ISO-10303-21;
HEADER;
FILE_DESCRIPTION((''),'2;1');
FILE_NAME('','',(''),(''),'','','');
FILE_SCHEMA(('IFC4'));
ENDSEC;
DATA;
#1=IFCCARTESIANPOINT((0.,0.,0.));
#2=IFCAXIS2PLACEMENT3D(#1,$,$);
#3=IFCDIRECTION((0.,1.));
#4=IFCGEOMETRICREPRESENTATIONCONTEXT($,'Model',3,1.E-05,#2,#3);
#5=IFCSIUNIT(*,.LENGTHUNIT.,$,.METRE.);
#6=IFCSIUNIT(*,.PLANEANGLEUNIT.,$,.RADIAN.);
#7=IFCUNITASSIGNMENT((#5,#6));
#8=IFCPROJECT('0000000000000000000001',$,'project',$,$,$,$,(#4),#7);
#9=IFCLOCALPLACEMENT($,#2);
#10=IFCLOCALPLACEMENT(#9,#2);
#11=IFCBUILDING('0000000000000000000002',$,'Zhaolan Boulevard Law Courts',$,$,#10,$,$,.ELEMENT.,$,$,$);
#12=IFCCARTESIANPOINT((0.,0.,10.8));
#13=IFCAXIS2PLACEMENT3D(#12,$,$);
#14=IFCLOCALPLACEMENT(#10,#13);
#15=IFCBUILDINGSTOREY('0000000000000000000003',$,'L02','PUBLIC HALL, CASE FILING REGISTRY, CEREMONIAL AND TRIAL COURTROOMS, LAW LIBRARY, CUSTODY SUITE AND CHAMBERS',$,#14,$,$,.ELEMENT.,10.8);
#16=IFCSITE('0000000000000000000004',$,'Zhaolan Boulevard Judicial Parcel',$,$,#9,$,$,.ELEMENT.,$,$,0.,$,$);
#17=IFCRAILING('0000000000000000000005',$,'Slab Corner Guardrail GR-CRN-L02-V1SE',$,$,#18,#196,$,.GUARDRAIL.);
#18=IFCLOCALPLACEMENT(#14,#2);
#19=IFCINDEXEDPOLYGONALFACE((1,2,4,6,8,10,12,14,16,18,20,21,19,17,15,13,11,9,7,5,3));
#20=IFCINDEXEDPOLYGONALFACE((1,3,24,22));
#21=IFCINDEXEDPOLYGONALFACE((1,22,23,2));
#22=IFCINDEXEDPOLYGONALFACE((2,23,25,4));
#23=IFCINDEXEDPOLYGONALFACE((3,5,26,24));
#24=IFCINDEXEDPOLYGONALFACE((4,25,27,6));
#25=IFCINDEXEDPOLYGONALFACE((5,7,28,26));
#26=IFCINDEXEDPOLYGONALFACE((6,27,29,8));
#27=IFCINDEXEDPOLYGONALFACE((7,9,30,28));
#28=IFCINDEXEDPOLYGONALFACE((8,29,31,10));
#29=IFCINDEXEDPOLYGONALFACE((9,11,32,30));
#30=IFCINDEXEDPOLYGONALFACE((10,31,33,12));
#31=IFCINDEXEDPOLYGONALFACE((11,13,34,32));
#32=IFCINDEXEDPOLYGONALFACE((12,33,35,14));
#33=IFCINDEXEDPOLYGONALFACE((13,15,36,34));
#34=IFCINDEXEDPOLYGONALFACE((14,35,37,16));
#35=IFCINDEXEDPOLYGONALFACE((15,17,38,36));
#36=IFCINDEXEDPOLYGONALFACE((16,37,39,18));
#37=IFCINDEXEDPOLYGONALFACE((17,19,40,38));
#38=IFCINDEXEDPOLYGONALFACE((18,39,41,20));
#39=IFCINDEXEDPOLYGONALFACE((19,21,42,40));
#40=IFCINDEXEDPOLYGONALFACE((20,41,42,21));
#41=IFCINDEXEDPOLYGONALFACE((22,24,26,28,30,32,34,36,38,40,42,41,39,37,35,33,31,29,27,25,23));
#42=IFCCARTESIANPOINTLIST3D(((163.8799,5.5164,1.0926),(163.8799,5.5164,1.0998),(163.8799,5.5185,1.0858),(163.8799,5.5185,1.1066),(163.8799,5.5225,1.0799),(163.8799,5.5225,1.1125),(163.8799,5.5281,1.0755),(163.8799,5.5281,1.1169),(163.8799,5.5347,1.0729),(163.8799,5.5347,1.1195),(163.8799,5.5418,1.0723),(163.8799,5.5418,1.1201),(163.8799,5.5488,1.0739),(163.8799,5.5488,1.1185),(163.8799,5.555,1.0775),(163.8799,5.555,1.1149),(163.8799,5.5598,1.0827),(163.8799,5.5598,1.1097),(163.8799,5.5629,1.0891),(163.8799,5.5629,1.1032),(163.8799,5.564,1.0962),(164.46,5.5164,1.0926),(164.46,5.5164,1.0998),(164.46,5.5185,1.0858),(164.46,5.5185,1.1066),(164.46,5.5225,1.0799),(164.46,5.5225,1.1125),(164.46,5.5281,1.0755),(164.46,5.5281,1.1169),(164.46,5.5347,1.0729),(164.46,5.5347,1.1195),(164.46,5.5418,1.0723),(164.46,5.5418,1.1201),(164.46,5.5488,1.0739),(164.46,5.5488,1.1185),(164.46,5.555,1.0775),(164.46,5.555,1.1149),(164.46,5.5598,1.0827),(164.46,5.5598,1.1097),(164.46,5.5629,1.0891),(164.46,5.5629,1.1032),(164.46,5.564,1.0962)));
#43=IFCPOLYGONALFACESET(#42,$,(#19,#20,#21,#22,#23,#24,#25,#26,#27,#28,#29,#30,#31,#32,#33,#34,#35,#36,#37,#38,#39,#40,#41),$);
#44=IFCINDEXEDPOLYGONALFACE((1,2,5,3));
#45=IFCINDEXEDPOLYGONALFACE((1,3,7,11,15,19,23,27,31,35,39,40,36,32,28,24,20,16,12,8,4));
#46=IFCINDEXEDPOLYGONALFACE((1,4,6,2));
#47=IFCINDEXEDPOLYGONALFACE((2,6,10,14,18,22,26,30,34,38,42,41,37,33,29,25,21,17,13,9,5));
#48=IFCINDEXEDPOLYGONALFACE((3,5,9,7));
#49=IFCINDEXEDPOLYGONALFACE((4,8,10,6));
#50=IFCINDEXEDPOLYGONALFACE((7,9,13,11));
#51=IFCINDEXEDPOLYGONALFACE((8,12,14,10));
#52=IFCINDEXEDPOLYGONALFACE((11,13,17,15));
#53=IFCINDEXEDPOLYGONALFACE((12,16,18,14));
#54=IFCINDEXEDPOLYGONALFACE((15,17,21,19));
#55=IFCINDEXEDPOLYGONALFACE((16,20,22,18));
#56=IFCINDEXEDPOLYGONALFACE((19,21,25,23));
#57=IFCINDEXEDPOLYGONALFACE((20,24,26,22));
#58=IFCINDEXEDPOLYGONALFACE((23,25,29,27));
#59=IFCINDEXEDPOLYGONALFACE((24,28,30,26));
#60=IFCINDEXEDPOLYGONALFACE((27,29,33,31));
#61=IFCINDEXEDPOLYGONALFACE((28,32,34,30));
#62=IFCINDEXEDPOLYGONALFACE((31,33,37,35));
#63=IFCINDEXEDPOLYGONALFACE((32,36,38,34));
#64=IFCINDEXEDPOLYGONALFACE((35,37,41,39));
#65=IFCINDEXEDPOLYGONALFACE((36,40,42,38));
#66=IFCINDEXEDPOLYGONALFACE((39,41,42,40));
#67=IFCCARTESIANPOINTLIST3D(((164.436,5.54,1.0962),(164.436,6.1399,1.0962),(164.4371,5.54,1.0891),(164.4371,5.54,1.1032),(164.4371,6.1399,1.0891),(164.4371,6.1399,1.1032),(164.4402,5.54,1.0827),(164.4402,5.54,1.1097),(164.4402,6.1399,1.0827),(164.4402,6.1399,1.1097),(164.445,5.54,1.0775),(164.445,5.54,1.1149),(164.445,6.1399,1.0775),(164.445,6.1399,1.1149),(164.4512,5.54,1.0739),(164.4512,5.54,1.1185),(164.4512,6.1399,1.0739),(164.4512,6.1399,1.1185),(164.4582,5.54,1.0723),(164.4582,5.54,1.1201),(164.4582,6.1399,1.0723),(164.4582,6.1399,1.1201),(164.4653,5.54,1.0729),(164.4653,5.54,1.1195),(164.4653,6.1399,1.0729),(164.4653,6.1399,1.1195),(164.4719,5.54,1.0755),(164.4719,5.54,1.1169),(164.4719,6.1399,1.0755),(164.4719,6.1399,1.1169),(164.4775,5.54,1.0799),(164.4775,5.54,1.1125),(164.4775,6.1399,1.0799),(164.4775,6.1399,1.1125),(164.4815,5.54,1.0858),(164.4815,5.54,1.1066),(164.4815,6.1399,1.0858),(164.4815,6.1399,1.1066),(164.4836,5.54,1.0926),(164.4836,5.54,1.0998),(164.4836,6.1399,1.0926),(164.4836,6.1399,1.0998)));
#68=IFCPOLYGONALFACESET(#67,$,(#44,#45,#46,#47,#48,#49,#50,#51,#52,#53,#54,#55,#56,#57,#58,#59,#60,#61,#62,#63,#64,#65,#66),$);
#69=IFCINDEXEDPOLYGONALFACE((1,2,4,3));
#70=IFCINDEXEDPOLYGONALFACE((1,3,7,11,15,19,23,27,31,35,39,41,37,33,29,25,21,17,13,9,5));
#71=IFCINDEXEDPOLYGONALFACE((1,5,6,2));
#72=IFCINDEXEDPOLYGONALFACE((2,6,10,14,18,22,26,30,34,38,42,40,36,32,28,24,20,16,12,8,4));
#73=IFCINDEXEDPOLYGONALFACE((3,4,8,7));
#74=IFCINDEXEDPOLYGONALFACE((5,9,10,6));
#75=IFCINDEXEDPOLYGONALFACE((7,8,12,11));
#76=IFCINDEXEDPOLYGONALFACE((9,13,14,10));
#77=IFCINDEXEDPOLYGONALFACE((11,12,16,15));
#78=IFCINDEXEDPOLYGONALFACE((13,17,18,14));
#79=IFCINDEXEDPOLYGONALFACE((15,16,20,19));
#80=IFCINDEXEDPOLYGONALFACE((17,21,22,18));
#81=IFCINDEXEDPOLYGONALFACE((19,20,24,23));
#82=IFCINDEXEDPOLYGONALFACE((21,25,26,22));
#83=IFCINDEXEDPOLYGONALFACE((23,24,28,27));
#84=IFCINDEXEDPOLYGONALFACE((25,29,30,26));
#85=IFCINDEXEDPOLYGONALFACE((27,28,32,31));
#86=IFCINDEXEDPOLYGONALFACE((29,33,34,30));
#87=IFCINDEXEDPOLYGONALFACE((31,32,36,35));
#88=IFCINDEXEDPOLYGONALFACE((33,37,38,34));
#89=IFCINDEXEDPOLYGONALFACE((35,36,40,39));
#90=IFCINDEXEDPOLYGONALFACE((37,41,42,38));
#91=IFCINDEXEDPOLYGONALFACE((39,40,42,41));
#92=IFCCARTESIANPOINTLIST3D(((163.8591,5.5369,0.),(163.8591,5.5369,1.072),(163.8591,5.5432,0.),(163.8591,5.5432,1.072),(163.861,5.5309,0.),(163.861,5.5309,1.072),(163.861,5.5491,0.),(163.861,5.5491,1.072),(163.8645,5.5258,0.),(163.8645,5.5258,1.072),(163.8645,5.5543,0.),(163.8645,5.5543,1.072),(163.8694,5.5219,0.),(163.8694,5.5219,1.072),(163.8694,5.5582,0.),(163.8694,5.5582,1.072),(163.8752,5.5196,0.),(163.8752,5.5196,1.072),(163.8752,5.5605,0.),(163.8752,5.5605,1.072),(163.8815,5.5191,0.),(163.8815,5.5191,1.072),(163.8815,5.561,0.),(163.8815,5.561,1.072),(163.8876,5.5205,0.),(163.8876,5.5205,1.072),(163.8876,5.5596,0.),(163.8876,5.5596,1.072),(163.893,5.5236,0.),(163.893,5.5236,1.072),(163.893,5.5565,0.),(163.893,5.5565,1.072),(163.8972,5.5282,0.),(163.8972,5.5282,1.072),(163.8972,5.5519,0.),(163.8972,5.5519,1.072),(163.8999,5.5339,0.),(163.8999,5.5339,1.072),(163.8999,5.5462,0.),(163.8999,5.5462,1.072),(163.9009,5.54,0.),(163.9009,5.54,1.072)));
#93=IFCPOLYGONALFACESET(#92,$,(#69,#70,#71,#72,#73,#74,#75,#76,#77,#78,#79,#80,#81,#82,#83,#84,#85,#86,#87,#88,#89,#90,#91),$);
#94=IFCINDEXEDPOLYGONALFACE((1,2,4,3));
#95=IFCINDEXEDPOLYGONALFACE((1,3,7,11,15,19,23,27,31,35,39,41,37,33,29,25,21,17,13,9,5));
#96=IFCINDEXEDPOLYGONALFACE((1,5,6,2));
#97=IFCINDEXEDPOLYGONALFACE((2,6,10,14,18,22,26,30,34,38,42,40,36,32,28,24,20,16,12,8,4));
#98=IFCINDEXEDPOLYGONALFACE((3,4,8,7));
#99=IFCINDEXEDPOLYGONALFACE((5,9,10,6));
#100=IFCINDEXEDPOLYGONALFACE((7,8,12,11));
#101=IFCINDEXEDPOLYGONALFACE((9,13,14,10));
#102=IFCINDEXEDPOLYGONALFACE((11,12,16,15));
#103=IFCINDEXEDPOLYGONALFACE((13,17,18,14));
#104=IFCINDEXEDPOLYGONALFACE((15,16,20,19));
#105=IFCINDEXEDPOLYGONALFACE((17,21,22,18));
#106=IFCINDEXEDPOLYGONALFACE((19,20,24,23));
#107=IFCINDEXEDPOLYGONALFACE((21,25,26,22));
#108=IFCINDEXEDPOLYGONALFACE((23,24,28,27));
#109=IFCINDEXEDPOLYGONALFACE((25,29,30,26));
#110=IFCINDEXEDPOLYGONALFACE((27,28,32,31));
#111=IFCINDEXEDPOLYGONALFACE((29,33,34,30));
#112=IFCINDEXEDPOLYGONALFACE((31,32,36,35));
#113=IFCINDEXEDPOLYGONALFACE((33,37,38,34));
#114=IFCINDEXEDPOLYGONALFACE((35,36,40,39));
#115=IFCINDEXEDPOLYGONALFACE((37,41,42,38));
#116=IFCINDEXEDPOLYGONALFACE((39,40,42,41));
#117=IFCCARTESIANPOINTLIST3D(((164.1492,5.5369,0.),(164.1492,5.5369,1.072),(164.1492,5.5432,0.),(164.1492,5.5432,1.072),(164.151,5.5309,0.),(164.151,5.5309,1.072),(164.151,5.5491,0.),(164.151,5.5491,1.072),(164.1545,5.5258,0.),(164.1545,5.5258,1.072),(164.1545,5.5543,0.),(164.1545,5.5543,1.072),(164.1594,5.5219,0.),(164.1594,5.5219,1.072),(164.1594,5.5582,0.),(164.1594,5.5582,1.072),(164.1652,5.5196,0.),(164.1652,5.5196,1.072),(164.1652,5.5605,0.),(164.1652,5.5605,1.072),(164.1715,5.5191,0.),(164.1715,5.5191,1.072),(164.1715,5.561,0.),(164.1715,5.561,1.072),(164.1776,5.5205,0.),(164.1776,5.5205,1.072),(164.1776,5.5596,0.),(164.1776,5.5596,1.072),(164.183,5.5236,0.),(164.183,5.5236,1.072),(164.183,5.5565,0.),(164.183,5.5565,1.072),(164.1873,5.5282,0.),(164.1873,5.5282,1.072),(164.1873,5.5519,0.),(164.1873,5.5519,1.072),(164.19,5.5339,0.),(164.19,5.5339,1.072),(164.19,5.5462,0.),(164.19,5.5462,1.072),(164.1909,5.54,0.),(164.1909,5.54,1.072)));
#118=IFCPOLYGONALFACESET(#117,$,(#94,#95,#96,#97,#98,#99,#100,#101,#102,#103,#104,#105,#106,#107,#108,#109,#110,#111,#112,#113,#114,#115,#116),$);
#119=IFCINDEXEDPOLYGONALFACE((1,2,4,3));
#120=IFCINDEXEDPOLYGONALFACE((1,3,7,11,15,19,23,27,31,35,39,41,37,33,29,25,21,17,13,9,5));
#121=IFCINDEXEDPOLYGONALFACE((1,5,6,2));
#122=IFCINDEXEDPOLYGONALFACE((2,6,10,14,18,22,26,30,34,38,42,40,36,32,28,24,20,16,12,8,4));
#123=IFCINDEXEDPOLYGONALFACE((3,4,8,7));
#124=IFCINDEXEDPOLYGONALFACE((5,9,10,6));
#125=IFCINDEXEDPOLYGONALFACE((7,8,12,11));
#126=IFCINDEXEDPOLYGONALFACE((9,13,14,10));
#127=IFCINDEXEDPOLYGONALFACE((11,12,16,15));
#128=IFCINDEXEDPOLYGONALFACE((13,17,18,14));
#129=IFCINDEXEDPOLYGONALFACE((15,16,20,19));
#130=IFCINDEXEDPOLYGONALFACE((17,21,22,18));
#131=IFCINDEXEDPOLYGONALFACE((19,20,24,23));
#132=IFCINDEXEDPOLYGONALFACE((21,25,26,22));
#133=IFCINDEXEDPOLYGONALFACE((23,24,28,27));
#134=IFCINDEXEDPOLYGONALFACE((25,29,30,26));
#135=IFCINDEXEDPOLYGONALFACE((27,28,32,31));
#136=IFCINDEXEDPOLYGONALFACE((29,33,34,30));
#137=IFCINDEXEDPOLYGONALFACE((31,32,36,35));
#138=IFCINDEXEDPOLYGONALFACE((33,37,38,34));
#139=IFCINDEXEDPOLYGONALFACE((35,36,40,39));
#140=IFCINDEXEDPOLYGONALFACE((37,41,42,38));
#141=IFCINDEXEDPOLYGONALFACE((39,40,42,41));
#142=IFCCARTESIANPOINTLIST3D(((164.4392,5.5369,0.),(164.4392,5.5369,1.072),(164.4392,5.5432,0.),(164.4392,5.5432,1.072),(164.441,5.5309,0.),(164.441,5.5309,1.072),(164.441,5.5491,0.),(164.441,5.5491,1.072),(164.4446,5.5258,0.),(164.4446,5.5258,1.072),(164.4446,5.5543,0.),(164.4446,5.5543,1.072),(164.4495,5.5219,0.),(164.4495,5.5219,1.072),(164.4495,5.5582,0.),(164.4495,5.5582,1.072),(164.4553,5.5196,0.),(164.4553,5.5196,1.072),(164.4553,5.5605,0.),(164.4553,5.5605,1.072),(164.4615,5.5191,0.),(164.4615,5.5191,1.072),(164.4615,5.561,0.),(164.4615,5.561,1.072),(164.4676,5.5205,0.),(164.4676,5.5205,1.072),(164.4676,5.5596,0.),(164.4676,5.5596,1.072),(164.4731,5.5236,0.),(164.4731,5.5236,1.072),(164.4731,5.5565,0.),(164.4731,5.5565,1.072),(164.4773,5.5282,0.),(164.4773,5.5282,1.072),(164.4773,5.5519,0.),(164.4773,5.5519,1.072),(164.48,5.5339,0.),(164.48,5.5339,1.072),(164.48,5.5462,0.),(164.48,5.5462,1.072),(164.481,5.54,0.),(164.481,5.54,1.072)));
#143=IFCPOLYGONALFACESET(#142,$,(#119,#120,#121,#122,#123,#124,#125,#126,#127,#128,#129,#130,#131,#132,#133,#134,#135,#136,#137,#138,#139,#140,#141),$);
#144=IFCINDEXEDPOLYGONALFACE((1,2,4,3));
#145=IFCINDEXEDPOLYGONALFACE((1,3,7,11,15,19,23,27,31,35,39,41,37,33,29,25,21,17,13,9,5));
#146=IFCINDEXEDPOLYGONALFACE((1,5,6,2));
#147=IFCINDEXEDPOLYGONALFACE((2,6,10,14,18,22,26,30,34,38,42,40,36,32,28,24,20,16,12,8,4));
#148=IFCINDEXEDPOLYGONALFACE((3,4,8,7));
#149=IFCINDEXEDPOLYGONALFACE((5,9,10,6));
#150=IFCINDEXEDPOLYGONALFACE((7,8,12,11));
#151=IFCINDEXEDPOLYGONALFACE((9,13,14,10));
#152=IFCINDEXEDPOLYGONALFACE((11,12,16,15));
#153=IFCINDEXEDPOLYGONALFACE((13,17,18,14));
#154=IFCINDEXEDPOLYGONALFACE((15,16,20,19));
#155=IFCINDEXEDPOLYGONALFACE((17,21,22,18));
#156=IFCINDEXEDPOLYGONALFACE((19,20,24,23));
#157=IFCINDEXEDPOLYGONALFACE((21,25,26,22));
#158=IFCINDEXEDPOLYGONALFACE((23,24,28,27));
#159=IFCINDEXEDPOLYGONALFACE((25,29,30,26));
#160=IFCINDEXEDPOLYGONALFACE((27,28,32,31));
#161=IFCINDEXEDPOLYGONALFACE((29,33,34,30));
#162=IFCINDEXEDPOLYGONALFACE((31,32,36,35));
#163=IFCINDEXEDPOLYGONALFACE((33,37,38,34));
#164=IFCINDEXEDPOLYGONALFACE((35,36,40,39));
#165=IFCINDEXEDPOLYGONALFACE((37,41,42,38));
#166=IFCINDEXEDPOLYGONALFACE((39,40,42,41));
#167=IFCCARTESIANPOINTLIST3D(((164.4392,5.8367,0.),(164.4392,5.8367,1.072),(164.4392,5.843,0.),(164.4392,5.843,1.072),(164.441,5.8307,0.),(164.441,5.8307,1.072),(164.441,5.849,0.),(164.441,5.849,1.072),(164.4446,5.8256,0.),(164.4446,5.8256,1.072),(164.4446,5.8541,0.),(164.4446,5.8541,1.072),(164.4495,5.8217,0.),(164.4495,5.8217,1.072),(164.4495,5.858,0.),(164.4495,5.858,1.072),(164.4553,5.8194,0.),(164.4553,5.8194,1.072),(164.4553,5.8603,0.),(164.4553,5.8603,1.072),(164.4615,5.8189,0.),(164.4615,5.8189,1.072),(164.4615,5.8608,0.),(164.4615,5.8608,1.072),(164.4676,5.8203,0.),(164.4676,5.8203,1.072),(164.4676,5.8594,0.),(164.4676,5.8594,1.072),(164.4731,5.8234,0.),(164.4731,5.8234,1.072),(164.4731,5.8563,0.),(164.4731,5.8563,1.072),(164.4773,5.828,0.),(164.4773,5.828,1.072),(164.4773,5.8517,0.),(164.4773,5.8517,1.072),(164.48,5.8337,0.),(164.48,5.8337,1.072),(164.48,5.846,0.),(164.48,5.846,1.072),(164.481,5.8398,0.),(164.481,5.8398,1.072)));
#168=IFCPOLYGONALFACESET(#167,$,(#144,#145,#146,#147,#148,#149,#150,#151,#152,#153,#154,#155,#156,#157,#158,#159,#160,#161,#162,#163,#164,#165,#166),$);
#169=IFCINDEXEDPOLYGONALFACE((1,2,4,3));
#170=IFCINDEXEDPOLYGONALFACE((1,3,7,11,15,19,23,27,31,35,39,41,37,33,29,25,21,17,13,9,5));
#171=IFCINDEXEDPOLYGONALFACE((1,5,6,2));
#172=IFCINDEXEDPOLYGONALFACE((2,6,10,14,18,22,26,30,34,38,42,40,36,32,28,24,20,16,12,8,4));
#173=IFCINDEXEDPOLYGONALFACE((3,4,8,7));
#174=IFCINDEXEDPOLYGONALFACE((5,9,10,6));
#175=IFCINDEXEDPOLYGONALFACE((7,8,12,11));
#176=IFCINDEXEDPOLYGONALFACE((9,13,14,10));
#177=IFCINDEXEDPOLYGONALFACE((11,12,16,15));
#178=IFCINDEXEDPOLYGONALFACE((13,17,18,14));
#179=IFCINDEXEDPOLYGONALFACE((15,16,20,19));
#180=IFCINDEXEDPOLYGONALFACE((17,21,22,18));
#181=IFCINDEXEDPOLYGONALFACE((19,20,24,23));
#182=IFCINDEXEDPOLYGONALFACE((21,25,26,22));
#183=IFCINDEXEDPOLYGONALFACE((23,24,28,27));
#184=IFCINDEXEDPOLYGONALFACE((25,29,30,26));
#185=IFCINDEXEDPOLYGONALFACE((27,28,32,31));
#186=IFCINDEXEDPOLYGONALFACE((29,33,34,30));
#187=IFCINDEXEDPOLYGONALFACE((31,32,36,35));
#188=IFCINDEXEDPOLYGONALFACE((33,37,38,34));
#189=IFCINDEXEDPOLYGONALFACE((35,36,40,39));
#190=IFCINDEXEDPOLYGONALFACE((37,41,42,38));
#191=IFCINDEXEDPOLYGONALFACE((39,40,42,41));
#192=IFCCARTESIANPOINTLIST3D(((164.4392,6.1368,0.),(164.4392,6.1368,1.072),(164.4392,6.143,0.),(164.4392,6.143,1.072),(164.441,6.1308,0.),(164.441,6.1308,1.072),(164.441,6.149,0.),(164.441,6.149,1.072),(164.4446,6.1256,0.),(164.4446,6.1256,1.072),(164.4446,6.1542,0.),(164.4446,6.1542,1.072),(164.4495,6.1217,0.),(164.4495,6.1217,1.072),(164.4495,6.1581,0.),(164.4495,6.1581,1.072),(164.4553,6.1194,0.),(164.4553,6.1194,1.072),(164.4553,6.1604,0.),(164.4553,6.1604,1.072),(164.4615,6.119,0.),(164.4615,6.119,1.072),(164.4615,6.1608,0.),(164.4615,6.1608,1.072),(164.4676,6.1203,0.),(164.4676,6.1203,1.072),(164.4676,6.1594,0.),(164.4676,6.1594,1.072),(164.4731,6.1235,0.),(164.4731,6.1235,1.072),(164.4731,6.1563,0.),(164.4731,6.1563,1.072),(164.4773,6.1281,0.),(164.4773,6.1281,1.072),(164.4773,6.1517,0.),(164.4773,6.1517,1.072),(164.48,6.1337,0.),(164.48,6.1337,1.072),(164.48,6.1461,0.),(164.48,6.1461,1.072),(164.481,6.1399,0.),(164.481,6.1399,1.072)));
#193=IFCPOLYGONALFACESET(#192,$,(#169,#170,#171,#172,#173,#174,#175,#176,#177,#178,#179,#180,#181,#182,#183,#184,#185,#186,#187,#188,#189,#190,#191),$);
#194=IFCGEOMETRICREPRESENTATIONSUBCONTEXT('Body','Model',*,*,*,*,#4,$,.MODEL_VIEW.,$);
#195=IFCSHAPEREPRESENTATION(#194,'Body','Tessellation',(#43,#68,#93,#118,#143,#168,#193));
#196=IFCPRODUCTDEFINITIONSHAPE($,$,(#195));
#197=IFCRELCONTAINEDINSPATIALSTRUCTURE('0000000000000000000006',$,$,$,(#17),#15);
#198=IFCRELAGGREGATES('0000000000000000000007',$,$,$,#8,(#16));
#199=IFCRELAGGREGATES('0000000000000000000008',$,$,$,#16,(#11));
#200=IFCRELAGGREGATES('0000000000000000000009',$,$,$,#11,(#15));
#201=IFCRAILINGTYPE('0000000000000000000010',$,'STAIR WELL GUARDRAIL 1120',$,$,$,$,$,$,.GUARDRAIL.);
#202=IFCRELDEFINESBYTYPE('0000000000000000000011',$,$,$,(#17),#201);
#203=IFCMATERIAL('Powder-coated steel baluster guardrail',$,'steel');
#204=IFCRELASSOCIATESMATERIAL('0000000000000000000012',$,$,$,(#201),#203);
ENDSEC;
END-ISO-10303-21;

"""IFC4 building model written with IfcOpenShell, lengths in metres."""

from ifc_helpers import new_model, si_unit, direction, frame, origin, origin_2d, place, context, subcontext, project, spatial, circle, extrude, material, type_object, element, save


model = new_model("IFC4")

# Units and contexts
model_context = context("Model", 3, precision=1e-05, world=origin(), true_north=direction((0.0, 1.0)))
body_context = subcontext(model_context, "Body", "Model", "MODEL_VIEW")
ifc_project = project(units=[si_unit("LENGTHUNIT", "METRE"), si_unit("PLANEANGLEUNIT", "RADIAN")], contexts=[model_context])

# Site, building, storey
site_placement = place(None, origin())
site = spatial("IfcSite", under=ifc_project, at=site_placement, Name="Zhaolan Boulevard Judicial Parcel", CompositionType="ELEMENT", RefElevation=0.0)
building_placement = place(site_placement, origin())
building = spatial("IfcBuilding", under=site, at=building_placement, Name="Zhaolan Boulevard Law Courts", CompositionType="ELEMENT")
storey_placement = place(building_placement, frame((0.0, 0.0, 10.8)))
storey = spatial("IfcBuildingStorey", under=building, at=storey_placement, Name="L02", Description="PUBLIC HALL, CASE FILING REGISTRY, CEREMONIAL AND TRIAL COURTROOMS, LAW LIBRARY, CUSTODY SUITE AND CHAMBERS", CompositionType="ELEMENT", Elevation=10.8)

# Railing
ifc_material_1 = material(Name="Powder-coated steel baluster guardrail", Category="steel")
railing_type = type_object("IfcRailingType", Name="STAIR WELL GUARDRAIL 1120", PredefinedType="GUARDRAIL", material=ifc_material_1)
railing_placement = place(storey_placement, frame((163.8799, 5.54, 0.0)))
element("IfcRailing", 1, at=railing_placement, inside=storey, type_object=railing_type, Name="Slab Corner Guardrail GR-CRN-L02-V1SE", PredefinedType="GUARDRAIL", context=body_context, shape_type="SweptSolid", body=[
    extrude(circle(Radius=0.0239, at=origin_2d()), frame((0.0, 0.0, 1.0962), z_axis=(1.0, 0.0, 0.0), x_axis=(0.0, 1.0, 0.0)), (0.0, 0.0, 1.0), 0.5801),
    extrude(circle(Radius=0.0239, at=origin_2d()), frame((0.5801, 0.0, 1.0962), z_axis=(0.0, 1.0, 0.0), x_axis=(-1.0, 0.0, 0.0)), (0.0, 0.0, 1.0), 0.5999),
    extrude(circle(Radius=0.021, at=origin_2d()), origin(), (0.0, 0.0, 1.0), 1.072),
    extrude(circle(Radius=0.021, at=origin_2d()), frame((0.29, 0.0, 0.0)), (0.0, 0.0, 1.0), 1.072),
    extrude(circle(Radius=0.021, at=origin_2d()), frame((0.5801, 0.0, 0.0)), (0.0, 0.0, 1.0), 1.072),
    extrude(circle(Radius=0.021, at=origin_2d()), frame((0.5801, 0.2998, 0.0)), (0.0, 0.0, 1.0), 1.072),
    extrude(circle(Radius=0.021, at=origin_2d()), frame((0.5801, 0.5999, 0.0)), (0.0, 0.0, 1.0), 1.072),
])

save(model, "model.ifc")
